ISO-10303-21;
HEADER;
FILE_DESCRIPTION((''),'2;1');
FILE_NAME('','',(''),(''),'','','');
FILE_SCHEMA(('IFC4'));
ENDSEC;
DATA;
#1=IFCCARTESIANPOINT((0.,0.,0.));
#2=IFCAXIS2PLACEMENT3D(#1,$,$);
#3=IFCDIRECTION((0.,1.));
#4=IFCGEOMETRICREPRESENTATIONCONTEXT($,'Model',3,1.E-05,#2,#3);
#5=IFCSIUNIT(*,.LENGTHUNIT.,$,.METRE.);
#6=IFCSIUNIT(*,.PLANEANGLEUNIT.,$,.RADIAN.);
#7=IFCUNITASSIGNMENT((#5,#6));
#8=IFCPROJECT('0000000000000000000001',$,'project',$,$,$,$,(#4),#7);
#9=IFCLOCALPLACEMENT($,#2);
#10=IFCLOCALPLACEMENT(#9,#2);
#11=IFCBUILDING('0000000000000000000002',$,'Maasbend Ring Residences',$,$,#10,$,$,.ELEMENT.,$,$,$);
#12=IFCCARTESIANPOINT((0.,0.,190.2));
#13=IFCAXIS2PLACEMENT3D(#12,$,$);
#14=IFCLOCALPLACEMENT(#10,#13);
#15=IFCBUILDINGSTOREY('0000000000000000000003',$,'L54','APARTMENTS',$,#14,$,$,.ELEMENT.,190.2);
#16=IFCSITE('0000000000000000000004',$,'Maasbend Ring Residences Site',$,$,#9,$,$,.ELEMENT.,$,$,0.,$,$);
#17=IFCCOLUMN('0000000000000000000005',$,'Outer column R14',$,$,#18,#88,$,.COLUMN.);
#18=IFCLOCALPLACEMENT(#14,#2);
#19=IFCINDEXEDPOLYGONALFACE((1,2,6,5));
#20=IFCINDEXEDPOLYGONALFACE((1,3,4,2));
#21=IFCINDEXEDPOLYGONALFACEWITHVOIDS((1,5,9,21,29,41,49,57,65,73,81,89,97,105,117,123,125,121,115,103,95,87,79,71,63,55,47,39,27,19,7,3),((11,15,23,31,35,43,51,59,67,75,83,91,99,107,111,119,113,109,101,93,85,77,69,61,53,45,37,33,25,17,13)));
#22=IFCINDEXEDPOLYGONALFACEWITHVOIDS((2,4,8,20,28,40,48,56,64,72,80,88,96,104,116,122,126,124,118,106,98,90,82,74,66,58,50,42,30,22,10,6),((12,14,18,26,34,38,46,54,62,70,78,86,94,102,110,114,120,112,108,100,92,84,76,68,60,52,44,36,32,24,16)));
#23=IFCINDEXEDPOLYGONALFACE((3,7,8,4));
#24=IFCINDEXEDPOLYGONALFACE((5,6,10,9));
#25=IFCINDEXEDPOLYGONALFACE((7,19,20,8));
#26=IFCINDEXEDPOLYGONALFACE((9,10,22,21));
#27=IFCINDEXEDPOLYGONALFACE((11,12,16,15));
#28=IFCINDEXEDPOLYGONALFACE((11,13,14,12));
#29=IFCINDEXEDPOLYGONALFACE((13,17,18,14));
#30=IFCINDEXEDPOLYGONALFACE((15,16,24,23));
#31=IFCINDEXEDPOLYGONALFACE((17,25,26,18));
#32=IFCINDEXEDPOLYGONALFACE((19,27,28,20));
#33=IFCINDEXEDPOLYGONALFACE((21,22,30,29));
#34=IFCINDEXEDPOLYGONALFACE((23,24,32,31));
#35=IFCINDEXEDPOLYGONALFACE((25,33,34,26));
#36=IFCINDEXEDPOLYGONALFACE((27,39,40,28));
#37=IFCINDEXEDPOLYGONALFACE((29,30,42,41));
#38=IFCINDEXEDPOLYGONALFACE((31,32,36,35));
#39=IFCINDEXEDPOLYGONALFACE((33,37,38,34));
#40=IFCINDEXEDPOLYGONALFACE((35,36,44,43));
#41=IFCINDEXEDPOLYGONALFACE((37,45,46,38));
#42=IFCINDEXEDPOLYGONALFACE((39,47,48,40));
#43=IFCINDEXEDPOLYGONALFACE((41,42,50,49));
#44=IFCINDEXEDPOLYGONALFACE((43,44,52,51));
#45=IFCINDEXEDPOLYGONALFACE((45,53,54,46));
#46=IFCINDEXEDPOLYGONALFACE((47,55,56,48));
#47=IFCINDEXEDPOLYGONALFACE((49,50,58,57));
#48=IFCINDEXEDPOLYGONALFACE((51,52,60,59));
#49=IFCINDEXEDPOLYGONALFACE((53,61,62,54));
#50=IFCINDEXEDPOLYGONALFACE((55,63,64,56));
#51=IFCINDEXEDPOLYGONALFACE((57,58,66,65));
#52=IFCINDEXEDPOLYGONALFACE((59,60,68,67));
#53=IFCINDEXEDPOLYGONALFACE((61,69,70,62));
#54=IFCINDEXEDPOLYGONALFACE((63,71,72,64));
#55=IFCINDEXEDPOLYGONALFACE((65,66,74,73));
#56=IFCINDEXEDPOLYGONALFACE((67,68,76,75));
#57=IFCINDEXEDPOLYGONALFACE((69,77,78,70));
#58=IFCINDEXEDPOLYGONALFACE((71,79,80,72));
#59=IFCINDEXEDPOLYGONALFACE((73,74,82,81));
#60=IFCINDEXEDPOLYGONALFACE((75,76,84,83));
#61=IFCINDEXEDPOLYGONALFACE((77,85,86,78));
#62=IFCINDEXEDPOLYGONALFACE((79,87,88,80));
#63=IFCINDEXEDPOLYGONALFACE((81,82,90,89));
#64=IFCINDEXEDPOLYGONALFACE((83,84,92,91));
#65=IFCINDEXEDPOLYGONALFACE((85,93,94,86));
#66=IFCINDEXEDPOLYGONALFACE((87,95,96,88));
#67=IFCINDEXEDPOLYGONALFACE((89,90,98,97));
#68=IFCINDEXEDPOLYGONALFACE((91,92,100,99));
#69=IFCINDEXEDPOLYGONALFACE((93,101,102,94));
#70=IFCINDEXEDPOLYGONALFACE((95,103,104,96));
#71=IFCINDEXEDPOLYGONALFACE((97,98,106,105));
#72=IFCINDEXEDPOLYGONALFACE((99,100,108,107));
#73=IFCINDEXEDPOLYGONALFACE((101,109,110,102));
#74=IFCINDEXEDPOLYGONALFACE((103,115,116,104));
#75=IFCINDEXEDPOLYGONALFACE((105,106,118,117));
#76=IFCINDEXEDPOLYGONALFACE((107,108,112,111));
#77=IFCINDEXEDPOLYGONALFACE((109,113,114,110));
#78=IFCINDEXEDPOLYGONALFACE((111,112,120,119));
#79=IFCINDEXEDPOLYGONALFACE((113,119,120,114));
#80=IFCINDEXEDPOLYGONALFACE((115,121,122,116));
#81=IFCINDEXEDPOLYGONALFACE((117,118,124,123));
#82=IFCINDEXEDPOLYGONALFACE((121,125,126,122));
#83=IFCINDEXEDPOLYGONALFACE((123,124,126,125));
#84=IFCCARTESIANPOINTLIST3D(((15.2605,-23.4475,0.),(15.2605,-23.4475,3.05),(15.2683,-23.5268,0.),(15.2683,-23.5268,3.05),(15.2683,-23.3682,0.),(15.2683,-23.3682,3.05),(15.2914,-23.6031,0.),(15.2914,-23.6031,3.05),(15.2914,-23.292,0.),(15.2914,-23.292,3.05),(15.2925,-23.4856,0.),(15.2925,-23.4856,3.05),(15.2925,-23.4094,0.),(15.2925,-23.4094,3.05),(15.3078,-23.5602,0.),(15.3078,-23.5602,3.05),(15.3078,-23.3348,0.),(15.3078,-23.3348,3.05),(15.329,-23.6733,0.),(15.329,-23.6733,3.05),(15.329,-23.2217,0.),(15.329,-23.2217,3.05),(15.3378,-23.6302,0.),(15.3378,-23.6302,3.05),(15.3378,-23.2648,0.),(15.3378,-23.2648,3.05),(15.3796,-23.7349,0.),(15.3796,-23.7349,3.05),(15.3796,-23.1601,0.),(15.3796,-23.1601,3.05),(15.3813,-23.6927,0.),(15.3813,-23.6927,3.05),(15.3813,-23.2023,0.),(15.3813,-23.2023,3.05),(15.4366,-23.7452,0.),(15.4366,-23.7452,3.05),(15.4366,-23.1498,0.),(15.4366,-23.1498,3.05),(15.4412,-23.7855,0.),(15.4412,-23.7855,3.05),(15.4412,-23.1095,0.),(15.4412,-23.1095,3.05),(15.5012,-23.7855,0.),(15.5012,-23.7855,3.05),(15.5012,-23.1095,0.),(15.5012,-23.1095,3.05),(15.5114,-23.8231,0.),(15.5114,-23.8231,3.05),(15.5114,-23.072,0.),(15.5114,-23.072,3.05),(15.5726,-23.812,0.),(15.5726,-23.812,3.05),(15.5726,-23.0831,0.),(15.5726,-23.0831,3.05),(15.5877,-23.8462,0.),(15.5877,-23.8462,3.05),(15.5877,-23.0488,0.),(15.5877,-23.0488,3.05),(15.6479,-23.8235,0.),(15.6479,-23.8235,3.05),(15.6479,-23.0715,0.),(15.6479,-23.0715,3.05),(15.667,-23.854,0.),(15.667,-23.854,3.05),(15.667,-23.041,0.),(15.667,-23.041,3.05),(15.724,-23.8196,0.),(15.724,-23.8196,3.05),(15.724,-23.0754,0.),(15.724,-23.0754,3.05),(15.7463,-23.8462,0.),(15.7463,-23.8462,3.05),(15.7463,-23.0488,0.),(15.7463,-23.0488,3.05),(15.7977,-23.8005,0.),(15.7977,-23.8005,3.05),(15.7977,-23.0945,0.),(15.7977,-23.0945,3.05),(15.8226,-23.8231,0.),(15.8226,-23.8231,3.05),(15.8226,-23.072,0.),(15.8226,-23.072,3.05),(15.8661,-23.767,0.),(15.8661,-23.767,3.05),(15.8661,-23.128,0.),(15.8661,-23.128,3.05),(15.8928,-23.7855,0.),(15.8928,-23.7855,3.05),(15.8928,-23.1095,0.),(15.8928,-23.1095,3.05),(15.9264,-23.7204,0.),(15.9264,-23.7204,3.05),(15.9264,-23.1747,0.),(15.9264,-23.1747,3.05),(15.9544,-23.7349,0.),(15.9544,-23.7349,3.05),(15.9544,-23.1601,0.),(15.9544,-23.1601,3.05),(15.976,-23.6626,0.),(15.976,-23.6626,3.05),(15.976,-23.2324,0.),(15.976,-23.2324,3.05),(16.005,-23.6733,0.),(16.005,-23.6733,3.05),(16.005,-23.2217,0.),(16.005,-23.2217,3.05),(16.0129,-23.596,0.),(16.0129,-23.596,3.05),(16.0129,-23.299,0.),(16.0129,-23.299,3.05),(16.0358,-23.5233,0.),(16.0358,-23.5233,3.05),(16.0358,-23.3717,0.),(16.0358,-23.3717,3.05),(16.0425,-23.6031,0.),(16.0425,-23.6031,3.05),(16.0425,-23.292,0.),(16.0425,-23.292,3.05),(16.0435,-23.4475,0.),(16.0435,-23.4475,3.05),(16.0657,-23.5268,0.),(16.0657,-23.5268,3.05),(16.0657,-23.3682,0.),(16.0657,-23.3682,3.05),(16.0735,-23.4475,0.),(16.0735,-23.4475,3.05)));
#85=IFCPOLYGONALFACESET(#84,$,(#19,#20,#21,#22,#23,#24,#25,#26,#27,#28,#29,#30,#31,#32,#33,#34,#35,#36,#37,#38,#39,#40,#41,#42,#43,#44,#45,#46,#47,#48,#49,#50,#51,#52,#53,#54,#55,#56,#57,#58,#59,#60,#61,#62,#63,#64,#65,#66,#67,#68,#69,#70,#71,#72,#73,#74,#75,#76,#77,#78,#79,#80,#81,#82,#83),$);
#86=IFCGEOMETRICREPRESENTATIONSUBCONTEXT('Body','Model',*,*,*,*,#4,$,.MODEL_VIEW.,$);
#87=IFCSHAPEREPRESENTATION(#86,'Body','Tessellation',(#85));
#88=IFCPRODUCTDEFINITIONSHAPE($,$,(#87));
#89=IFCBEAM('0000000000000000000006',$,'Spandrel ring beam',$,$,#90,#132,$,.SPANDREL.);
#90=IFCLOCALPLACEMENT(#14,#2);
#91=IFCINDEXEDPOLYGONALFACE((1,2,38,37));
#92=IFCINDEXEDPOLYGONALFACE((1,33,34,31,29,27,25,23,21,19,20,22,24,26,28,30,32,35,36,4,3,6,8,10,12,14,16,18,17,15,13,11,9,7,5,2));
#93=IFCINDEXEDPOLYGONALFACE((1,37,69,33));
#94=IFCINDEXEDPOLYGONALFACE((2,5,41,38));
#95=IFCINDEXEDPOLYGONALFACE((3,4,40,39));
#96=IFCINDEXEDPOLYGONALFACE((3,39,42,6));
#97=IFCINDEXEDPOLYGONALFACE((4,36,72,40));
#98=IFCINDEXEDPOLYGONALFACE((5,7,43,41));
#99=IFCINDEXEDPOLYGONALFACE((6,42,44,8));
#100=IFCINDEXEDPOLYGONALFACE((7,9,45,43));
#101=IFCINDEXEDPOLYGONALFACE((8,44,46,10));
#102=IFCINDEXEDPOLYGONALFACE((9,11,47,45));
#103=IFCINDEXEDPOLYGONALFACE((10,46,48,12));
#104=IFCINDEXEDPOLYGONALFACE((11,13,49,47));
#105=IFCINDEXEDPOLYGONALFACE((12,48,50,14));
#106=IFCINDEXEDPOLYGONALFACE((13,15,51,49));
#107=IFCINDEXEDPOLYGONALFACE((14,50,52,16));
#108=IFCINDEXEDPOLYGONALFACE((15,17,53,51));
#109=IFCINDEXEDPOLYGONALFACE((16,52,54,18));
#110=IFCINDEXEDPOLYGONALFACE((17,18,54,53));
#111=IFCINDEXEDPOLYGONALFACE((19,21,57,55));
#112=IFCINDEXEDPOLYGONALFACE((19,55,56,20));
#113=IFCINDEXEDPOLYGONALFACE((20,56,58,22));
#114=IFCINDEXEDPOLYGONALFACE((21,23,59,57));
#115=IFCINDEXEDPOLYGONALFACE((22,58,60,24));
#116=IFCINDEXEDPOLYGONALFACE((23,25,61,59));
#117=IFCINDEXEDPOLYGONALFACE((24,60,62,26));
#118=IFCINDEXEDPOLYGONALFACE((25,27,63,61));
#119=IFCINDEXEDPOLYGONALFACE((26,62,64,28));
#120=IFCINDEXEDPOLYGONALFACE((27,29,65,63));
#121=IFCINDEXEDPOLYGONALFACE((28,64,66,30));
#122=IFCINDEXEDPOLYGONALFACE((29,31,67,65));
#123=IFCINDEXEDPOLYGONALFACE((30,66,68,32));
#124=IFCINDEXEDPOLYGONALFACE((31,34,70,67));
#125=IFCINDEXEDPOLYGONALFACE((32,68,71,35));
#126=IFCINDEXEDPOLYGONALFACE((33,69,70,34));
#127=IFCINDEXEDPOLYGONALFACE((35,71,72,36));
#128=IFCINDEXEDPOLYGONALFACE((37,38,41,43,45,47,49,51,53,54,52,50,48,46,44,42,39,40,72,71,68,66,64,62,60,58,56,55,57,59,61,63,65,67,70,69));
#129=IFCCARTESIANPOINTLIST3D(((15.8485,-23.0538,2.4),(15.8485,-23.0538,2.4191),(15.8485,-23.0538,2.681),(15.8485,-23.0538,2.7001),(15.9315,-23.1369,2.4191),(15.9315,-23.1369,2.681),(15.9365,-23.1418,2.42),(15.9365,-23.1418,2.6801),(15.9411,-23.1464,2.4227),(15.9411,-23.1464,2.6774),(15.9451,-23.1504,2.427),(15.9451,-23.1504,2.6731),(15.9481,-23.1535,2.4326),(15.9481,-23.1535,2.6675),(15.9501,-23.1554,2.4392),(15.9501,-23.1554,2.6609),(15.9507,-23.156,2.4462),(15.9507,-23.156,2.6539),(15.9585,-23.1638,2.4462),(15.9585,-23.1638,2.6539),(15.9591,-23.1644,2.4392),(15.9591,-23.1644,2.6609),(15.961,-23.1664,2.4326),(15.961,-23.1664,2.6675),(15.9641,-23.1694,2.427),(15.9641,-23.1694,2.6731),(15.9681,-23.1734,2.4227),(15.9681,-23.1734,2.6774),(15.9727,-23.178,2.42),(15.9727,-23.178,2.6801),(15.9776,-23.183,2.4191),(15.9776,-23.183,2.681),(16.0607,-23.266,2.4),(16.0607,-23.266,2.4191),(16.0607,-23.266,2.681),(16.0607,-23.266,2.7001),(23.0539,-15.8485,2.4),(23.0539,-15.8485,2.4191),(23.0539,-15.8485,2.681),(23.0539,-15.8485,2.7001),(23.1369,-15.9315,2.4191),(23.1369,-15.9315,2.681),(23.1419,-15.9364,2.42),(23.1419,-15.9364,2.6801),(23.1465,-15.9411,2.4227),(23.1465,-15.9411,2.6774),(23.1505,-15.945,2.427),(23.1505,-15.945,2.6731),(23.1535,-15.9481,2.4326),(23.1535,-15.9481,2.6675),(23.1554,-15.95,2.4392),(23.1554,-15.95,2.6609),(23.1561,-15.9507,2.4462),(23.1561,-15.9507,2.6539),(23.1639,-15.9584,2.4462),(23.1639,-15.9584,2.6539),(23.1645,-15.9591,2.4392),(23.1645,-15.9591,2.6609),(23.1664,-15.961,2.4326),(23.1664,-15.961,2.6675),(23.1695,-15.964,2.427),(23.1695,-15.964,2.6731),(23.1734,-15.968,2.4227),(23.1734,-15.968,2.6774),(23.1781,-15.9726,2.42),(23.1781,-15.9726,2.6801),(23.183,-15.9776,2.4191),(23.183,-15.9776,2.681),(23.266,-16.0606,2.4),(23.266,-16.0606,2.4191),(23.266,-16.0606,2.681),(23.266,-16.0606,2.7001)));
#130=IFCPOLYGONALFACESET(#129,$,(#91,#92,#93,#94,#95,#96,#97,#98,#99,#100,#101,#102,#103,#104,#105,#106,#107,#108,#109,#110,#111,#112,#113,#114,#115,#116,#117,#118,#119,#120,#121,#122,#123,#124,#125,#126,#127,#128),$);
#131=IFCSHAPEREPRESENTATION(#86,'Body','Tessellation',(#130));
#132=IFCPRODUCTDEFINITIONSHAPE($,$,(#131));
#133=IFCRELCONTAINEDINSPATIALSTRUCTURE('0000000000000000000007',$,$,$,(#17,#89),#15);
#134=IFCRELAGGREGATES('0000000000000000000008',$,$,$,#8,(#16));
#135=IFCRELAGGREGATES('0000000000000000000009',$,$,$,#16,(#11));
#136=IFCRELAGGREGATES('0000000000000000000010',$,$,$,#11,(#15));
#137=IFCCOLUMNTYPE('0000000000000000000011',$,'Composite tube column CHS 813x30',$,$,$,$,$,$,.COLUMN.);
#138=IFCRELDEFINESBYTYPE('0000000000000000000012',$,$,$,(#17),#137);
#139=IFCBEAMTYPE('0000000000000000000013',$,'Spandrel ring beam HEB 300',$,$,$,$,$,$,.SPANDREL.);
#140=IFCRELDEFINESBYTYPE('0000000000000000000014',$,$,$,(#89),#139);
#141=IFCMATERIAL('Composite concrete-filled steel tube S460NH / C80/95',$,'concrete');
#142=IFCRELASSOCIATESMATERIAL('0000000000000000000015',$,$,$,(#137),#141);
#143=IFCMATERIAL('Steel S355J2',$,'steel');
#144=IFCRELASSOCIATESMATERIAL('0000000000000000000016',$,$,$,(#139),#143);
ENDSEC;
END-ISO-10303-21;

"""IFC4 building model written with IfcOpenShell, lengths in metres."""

from ifc_helpers import new_model, si_unit, direction, frame, origin, origin_2d, place, context, subcontext, project, spatial, hollow_circle, i_section, extrude, material, material_profile, profile_set, type_object, element, save


model = new_model("IFC4")

# Units and contexts
model_context = context("Model", 3, precision=1e-05, world=origin(), true_north=direction((0.0, 1.0)))
body_context = subcontext(model_context, "Body", "Model", "MODEL_VIEW")
ifc_project = project(units=[si_unit("LENGTHUNIT", "METRE"), si_unit("PLANEANGLEUNIT", "RADIAN")], contexts=[model_context])

# Site, building, storey
site_placement = place(None, origin())
site = spatial("IfcSite", under=ifc_project, at=site_placement, Name="Maasbend Ring Residences Site", CompositionType="ELEMENT", RefElevation=0.0)
building_placement = place(site_placement, origin())
building = spatial("IfcBuilding", under=site, at=building_placement, Name="Maasbend Ring Residences", CompositionType="ELEMENT")
storey_placement = place(building_placement, frame((0.0, 0.0, 190.2)))
storey = spatial("IfcBuildingStorey", under=building, at=storey_placement, Name="L54", Description="APARTMENTS", CompositionType="ELEMENT", Elevation=190.2)

# Column
ifc_material_1 = material(Name="Composite concrete-filled steel tube S460NH / C80/95", Category="concrete")
ifc_material_profile_1 = material_profile(ifc_material_1, hollow_circle(Radius=0.4065, WallThickness=0.03, at=origin_2d()), Name="Composite tube column CHS 813x30")
ifc_profile_set_1 = profile_set([ifc_material_profile_1], Name="Composite concrete-filled steel tube S460NH / C80/95")
column_type = type_object("IfcColumnType", Name="Composite tube column CHS 813x30", PredefinedType="COLUMN", material=ifc_profile_set_1)
column_placement = place(storey_placement, frame((15.667, -23.4475, 0.0), z_axis=(0.0, 0.0, 1.0), x_axis=(1.0, 0.0, 0.0)))
element("IfcColumn", 1, at=column_placement, inside=storey, type_object=column_type, Name="Outer column R14", PredefinedType="COLUMN", context=body_context, shape_type="SweptSolid", body=[
    extrude(hollow_circle(Radius=0.4065, WallThickness=0.03, at=origin_2d()), origin(), (0.0, 0.0, 1.0), 3.05),
])

# Beam
ifc_material_2 = material(Name="Steel S355J2", Category="steel")
ifc_material_profile_2 = material_profile(ifc_material_2, i_section(OverallWidth=0.3, OverallDepth=0.3, WebThickness=0.011, FlangeThickness=0.019, FilletRadius=0.0271, at=origin_2d()), Name="HEB 300")
ifc_profile_set_2 = profile_set([ifc_material_profile_2], Name="Steel S355J2")
beam_type = type_object("IfcBeamType", Name="Spandrel ring beam HEB 300", PredefinedType="SPANDREL", material=ifc_profile_set_2)
beam_placement = place(storey_placement, frame((15.9546, -23.1599, 2.55), z_axis=(0.707107, 0.707107, 0.0), x_axis=(-0.707107, 0.707107, 0.0)))
element("IfcBeam", 2, at=beam_placement, inside=storey, type_object=beam_type, Name="Spandrel ring beam", PredefinedType="SPANDREL", context=body_context, shape_type="SweptSolid", body=[
    extrude(i_section(OverallWidth=0.3, OverallDepth=0.3, WebThickness=0.011, FlangeThickness=0.019, FilletRadius=0.0271, at=origin_2d()), origin(), (0.0, 0.0, 1.0), 10.1899),
])

save(model, "model.ifc")
